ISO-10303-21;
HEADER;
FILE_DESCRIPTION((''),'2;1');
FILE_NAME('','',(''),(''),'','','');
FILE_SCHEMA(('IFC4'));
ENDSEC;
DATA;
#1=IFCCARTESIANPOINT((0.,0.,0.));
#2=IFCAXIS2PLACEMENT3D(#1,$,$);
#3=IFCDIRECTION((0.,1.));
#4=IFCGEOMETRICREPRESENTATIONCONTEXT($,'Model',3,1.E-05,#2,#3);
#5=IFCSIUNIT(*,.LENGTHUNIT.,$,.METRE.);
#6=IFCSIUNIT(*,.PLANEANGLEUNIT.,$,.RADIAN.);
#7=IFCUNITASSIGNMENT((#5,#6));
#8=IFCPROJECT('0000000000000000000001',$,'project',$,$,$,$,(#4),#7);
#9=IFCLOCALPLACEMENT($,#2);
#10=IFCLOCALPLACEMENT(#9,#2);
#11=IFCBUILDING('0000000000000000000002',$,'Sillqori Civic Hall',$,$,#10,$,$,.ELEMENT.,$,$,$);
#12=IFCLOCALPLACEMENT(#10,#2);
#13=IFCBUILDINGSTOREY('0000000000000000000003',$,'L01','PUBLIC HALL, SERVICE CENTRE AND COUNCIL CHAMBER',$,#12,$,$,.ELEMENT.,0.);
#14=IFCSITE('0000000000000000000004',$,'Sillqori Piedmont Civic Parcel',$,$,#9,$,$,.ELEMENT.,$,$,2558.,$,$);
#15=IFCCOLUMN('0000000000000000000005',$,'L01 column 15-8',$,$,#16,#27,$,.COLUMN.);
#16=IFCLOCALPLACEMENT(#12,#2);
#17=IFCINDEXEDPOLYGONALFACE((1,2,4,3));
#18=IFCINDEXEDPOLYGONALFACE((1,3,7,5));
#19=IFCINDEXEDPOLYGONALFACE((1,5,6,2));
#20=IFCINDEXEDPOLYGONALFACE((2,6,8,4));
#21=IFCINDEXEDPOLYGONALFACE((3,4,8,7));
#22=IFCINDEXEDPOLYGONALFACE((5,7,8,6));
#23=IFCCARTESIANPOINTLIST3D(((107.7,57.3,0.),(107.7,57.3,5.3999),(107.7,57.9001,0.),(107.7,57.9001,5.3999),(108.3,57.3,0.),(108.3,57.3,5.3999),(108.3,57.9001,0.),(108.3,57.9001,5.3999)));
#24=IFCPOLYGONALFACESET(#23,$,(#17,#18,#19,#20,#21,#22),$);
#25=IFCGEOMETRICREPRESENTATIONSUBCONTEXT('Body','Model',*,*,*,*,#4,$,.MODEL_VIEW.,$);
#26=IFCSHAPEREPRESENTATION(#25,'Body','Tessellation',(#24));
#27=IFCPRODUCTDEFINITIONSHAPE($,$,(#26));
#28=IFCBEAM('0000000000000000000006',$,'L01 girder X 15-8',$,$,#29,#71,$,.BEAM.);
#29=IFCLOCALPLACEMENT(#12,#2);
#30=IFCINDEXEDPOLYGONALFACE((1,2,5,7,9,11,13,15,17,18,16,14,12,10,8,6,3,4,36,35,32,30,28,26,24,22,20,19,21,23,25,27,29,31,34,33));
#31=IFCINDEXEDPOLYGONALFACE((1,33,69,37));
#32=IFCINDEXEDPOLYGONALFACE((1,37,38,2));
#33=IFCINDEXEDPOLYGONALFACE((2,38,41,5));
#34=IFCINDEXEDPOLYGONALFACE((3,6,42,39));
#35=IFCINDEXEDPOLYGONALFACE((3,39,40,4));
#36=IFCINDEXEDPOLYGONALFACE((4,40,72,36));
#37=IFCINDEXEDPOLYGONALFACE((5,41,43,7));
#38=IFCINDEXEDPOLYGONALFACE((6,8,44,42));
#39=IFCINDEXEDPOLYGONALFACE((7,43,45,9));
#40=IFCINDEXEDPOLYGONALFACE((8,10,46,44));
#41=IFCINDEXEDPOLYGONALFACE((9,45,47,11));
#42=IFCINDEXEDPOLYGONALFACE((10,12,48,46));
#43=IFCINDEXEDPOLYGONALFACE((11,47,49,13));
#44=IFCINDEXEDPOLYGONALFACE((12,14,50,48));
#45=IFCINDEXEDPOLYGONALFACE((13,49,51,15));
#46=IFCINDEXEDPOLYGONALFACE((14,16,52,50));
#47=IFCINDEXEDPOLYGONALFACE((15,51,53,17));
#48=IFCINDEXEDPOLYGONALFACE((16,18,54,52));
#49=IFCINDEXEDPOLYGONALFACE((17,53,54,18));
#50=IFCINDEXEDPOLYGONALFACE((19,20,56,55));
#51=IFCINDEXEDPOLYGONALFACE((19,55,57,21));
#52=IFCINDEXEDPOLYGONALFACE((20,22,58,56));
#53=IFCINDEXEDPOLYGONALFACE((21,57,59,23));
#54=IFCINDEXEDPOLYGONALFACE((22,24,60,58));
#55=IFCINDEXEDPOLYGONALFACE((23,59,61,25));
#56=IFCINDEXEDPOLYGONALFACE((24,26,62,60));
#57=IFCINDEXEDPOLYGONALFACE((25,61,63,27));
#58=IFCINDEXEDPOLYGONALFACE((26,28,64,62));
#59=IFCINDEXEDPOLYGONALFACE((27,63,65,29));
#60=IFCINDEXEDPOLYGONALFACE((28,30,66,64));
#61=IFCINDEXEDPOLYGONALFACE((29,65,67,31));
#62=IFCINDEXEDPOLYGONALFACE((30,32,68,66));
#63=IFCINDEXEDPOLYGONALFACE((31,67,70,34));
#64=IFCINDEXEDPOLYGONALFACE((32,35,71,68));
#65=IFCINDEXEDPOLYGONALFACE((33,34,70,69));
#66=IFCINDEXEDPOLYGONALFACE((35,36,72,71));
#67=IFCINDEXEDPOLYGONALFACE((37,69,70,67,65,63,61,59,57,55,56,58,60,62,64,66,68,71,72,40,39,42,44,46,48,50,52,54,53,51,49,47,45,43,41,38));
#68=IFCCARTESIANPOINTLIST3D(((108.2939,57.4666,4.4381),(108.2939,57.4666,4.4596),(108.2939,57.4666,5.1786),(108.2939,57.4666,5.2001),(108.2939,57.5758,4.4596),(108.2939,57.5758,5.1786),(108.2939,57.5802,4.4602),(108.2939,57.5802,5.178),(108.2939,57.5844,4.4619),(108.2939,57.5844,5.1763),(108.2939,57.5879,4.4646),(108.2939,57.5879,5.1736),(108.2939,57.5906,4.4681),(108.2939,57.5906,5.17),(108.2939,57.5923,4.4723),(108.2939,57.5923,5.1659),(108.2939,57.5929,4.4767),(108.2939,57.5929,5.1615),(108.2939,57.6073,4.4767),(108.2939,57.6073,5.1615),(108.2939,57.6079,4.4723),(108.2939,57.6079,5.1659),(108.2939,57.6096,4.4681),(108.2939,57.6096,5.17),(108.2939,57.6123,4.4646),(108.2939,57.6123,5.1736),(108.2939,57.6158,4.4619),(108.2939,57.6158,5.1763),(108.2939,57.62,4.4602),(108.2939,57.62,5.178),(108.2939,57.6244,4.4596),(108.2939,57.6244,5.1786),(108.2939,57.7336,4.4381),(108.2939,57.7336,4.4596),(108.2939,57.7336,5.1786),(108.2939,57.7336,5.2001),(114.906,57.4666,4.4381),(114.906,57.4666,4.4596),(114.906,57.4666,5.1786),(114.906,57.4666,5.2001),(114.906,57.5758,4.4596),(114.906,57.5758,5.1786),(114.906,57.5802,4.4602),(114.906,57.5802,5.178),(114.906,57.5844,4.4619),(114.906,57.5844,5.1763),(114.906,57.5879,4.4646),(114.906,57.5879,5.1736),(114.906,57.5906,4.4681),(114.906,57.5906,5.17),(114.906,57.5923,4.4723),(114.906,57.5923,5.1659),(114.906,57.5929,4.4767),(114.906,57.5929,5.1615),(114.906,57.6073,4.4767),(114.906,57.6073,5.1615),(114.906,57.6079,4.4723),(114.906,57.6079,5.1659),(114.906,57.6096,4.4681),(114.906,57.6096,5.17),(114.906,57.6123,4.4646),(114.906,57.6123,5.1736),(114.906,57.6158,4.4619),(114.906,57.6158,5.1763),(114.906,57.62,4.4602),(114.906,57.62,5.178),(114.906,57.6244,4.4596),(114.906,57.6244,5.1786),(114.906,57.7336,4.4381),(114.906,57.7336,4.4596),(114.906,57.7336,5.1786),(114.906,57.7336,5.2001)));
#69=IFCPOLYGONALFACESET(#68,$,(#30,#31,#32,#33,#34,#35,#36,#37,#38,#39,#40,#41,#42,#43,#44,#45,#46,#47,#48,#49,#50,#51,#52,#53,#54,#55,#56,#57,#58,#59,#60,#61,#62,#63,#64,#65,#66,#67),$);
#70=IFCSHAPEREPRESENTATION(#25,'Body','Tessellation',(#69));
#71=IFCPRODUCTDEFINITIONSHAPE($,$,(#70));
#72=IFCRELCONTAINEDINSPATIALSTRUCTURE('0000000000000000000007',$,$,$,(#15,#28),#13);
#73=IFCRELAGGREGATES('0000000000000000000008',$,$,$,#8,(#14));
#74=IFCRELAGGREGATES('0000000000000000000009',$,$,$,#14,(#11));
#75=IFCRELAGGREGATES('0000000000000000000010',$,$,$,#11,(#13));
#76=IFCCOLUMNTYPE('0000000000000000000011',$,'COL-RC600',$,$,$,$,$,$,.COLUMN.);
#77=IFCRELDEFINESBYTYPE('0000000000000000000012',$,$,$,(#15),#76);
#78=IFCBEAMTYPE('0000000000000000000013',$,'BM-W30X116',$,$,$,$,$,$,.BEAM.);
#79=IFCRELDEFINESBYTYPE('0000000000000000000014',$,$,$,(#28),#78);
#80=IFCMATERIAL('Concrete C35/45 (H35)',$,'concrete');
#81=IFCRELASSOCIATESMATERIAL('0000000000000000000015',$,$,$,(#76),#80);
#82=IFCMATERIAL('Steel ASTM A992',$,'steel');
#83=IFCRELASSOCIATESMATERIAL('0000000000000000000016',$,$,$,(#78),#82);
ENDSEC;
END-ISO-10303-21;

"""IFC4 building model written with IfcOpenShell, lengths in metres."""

from ifc_helpers import new_model, si_unit, direction, frame, origin, origin_2d, place, context, subcontext, project, spatial, rectangle, i_section, extrude, material, material_profile, profile_set, type_object, element, save


model = new_model("IFC4")

# Units and contexts
model_context = context("Model", 3, precision=1e-05, world=origin(), true_north=direction((0.0, 1.0)))
body_context = subcontext(model_context, "Body", "Model", "MODEL_VIEW")
ifc_project = project(units=[si_unit("LENGTHUNIT", "METRE"), si_unit("PLANEANGLEUNIT", "RADIAN")], contexts=[model_context])

# Site, building, storey
site_placement = place(None, origin())
site = spatial("IfcSite", under=ifc_project, at=site_placement, Name="Sillqori Piedmont Civic Parcel", CompositionType="ELEMENT", RefElevation=2558.0)
building_placement = place(site_placement, origin())
building = spatial("IfcBuilding", under=site, at=building_placement, Name="Sillqori Civic Hall", CompositionType="ELEMENT")
storey_placement = place(building_placement, origin())
storey = spatial("IfcBuildingStorey", under=building, at=storey_placement, Name="L01", Description="PUBLIC HALL, SERVICE CENTRE AND COUNCIL CHAMBER", CompositionType="ELEMENT", Elevation=0.0)

# Column
ifc_material_1 = material(Name="Concrete C35/45 (H35)", Category="concrete")
ifc_material_profile_1 = material_profile(ifc_material_1, rectangle(XDim=0.6001, YDim=0.6001, at=origin_2d()), Name="RC 600x600")
ifc_profile_set_1 = profile_set([ifc_material_profile_1], Name="Concrete C35/45 (H35)")
column_type = type_object("IfcColumnType", Name="COL-RC600", PredefinedType="COLUMN", material=ifc_profile_set_1)
column_placement = place(storey_placement, frame((108.0, 57.6001, 0.0), z_axis=(0.0, 0.0, 1.0), x_axis=(1.0, 0.0, 0.0)))
element("IfcColumn", 1, at=column_placement, inside=storey, type_object=column_type, Name="L01 column 15-8", PredefinedType="COLUMN", context=body_context, shape_type="SweptSolid", body=[
    extrude(rectangle(XDim=0.6001, YDim=0.6001, at=origin_2d()), origin(), (0.0, 0.0, 1.0), 5.3999),
])

# Beam
ifc_material_2 = material(Name="Steel ASTM A992", Category="steel")
ifc_material_profile_2 = material_profile(ifc_material_2, i_section(OverallWidth=0.2671, OverallDepth=0.762, WebThickness=0.0144, FlangeThickness=0.0215, FilletRadius=0.0171, at=origin_2d()), Name="W30X116")
ifc_profile_set_2 = profile_set([ifc_material_profile_2], Name="Steel ASTM A992")
beam_type = type_object("IfcBeamType", Name="BM-W30X116", PredefinedType="BEAM", material=ifc_profile_set_2)
beam_placement = place(storey_placement, frame((108.2939, 57.6001, 4.8191), z_axis=(1.0, 0.0, 0.0), x_axis=(0.0, 1.0, 0.0)))
element("IfcBeam", 2, at=beam_placement, inside=storey, type_object=beam_type, Name="L01 girder X 15-8", PredefinedType="BEAM", context=body_context, shape_type="SweptSolid", body=[
    extrude(i_section(OverallWidth=0.2671, OverallDepth=0.762, WebThickness=0.0144, FlangeThickness=0.0215, FilletRadius=0.0171, at=origin_2d()), origin(), (0.0, 0.0, 1.0), 6.6121),
])

save(model, "model.ifc")
